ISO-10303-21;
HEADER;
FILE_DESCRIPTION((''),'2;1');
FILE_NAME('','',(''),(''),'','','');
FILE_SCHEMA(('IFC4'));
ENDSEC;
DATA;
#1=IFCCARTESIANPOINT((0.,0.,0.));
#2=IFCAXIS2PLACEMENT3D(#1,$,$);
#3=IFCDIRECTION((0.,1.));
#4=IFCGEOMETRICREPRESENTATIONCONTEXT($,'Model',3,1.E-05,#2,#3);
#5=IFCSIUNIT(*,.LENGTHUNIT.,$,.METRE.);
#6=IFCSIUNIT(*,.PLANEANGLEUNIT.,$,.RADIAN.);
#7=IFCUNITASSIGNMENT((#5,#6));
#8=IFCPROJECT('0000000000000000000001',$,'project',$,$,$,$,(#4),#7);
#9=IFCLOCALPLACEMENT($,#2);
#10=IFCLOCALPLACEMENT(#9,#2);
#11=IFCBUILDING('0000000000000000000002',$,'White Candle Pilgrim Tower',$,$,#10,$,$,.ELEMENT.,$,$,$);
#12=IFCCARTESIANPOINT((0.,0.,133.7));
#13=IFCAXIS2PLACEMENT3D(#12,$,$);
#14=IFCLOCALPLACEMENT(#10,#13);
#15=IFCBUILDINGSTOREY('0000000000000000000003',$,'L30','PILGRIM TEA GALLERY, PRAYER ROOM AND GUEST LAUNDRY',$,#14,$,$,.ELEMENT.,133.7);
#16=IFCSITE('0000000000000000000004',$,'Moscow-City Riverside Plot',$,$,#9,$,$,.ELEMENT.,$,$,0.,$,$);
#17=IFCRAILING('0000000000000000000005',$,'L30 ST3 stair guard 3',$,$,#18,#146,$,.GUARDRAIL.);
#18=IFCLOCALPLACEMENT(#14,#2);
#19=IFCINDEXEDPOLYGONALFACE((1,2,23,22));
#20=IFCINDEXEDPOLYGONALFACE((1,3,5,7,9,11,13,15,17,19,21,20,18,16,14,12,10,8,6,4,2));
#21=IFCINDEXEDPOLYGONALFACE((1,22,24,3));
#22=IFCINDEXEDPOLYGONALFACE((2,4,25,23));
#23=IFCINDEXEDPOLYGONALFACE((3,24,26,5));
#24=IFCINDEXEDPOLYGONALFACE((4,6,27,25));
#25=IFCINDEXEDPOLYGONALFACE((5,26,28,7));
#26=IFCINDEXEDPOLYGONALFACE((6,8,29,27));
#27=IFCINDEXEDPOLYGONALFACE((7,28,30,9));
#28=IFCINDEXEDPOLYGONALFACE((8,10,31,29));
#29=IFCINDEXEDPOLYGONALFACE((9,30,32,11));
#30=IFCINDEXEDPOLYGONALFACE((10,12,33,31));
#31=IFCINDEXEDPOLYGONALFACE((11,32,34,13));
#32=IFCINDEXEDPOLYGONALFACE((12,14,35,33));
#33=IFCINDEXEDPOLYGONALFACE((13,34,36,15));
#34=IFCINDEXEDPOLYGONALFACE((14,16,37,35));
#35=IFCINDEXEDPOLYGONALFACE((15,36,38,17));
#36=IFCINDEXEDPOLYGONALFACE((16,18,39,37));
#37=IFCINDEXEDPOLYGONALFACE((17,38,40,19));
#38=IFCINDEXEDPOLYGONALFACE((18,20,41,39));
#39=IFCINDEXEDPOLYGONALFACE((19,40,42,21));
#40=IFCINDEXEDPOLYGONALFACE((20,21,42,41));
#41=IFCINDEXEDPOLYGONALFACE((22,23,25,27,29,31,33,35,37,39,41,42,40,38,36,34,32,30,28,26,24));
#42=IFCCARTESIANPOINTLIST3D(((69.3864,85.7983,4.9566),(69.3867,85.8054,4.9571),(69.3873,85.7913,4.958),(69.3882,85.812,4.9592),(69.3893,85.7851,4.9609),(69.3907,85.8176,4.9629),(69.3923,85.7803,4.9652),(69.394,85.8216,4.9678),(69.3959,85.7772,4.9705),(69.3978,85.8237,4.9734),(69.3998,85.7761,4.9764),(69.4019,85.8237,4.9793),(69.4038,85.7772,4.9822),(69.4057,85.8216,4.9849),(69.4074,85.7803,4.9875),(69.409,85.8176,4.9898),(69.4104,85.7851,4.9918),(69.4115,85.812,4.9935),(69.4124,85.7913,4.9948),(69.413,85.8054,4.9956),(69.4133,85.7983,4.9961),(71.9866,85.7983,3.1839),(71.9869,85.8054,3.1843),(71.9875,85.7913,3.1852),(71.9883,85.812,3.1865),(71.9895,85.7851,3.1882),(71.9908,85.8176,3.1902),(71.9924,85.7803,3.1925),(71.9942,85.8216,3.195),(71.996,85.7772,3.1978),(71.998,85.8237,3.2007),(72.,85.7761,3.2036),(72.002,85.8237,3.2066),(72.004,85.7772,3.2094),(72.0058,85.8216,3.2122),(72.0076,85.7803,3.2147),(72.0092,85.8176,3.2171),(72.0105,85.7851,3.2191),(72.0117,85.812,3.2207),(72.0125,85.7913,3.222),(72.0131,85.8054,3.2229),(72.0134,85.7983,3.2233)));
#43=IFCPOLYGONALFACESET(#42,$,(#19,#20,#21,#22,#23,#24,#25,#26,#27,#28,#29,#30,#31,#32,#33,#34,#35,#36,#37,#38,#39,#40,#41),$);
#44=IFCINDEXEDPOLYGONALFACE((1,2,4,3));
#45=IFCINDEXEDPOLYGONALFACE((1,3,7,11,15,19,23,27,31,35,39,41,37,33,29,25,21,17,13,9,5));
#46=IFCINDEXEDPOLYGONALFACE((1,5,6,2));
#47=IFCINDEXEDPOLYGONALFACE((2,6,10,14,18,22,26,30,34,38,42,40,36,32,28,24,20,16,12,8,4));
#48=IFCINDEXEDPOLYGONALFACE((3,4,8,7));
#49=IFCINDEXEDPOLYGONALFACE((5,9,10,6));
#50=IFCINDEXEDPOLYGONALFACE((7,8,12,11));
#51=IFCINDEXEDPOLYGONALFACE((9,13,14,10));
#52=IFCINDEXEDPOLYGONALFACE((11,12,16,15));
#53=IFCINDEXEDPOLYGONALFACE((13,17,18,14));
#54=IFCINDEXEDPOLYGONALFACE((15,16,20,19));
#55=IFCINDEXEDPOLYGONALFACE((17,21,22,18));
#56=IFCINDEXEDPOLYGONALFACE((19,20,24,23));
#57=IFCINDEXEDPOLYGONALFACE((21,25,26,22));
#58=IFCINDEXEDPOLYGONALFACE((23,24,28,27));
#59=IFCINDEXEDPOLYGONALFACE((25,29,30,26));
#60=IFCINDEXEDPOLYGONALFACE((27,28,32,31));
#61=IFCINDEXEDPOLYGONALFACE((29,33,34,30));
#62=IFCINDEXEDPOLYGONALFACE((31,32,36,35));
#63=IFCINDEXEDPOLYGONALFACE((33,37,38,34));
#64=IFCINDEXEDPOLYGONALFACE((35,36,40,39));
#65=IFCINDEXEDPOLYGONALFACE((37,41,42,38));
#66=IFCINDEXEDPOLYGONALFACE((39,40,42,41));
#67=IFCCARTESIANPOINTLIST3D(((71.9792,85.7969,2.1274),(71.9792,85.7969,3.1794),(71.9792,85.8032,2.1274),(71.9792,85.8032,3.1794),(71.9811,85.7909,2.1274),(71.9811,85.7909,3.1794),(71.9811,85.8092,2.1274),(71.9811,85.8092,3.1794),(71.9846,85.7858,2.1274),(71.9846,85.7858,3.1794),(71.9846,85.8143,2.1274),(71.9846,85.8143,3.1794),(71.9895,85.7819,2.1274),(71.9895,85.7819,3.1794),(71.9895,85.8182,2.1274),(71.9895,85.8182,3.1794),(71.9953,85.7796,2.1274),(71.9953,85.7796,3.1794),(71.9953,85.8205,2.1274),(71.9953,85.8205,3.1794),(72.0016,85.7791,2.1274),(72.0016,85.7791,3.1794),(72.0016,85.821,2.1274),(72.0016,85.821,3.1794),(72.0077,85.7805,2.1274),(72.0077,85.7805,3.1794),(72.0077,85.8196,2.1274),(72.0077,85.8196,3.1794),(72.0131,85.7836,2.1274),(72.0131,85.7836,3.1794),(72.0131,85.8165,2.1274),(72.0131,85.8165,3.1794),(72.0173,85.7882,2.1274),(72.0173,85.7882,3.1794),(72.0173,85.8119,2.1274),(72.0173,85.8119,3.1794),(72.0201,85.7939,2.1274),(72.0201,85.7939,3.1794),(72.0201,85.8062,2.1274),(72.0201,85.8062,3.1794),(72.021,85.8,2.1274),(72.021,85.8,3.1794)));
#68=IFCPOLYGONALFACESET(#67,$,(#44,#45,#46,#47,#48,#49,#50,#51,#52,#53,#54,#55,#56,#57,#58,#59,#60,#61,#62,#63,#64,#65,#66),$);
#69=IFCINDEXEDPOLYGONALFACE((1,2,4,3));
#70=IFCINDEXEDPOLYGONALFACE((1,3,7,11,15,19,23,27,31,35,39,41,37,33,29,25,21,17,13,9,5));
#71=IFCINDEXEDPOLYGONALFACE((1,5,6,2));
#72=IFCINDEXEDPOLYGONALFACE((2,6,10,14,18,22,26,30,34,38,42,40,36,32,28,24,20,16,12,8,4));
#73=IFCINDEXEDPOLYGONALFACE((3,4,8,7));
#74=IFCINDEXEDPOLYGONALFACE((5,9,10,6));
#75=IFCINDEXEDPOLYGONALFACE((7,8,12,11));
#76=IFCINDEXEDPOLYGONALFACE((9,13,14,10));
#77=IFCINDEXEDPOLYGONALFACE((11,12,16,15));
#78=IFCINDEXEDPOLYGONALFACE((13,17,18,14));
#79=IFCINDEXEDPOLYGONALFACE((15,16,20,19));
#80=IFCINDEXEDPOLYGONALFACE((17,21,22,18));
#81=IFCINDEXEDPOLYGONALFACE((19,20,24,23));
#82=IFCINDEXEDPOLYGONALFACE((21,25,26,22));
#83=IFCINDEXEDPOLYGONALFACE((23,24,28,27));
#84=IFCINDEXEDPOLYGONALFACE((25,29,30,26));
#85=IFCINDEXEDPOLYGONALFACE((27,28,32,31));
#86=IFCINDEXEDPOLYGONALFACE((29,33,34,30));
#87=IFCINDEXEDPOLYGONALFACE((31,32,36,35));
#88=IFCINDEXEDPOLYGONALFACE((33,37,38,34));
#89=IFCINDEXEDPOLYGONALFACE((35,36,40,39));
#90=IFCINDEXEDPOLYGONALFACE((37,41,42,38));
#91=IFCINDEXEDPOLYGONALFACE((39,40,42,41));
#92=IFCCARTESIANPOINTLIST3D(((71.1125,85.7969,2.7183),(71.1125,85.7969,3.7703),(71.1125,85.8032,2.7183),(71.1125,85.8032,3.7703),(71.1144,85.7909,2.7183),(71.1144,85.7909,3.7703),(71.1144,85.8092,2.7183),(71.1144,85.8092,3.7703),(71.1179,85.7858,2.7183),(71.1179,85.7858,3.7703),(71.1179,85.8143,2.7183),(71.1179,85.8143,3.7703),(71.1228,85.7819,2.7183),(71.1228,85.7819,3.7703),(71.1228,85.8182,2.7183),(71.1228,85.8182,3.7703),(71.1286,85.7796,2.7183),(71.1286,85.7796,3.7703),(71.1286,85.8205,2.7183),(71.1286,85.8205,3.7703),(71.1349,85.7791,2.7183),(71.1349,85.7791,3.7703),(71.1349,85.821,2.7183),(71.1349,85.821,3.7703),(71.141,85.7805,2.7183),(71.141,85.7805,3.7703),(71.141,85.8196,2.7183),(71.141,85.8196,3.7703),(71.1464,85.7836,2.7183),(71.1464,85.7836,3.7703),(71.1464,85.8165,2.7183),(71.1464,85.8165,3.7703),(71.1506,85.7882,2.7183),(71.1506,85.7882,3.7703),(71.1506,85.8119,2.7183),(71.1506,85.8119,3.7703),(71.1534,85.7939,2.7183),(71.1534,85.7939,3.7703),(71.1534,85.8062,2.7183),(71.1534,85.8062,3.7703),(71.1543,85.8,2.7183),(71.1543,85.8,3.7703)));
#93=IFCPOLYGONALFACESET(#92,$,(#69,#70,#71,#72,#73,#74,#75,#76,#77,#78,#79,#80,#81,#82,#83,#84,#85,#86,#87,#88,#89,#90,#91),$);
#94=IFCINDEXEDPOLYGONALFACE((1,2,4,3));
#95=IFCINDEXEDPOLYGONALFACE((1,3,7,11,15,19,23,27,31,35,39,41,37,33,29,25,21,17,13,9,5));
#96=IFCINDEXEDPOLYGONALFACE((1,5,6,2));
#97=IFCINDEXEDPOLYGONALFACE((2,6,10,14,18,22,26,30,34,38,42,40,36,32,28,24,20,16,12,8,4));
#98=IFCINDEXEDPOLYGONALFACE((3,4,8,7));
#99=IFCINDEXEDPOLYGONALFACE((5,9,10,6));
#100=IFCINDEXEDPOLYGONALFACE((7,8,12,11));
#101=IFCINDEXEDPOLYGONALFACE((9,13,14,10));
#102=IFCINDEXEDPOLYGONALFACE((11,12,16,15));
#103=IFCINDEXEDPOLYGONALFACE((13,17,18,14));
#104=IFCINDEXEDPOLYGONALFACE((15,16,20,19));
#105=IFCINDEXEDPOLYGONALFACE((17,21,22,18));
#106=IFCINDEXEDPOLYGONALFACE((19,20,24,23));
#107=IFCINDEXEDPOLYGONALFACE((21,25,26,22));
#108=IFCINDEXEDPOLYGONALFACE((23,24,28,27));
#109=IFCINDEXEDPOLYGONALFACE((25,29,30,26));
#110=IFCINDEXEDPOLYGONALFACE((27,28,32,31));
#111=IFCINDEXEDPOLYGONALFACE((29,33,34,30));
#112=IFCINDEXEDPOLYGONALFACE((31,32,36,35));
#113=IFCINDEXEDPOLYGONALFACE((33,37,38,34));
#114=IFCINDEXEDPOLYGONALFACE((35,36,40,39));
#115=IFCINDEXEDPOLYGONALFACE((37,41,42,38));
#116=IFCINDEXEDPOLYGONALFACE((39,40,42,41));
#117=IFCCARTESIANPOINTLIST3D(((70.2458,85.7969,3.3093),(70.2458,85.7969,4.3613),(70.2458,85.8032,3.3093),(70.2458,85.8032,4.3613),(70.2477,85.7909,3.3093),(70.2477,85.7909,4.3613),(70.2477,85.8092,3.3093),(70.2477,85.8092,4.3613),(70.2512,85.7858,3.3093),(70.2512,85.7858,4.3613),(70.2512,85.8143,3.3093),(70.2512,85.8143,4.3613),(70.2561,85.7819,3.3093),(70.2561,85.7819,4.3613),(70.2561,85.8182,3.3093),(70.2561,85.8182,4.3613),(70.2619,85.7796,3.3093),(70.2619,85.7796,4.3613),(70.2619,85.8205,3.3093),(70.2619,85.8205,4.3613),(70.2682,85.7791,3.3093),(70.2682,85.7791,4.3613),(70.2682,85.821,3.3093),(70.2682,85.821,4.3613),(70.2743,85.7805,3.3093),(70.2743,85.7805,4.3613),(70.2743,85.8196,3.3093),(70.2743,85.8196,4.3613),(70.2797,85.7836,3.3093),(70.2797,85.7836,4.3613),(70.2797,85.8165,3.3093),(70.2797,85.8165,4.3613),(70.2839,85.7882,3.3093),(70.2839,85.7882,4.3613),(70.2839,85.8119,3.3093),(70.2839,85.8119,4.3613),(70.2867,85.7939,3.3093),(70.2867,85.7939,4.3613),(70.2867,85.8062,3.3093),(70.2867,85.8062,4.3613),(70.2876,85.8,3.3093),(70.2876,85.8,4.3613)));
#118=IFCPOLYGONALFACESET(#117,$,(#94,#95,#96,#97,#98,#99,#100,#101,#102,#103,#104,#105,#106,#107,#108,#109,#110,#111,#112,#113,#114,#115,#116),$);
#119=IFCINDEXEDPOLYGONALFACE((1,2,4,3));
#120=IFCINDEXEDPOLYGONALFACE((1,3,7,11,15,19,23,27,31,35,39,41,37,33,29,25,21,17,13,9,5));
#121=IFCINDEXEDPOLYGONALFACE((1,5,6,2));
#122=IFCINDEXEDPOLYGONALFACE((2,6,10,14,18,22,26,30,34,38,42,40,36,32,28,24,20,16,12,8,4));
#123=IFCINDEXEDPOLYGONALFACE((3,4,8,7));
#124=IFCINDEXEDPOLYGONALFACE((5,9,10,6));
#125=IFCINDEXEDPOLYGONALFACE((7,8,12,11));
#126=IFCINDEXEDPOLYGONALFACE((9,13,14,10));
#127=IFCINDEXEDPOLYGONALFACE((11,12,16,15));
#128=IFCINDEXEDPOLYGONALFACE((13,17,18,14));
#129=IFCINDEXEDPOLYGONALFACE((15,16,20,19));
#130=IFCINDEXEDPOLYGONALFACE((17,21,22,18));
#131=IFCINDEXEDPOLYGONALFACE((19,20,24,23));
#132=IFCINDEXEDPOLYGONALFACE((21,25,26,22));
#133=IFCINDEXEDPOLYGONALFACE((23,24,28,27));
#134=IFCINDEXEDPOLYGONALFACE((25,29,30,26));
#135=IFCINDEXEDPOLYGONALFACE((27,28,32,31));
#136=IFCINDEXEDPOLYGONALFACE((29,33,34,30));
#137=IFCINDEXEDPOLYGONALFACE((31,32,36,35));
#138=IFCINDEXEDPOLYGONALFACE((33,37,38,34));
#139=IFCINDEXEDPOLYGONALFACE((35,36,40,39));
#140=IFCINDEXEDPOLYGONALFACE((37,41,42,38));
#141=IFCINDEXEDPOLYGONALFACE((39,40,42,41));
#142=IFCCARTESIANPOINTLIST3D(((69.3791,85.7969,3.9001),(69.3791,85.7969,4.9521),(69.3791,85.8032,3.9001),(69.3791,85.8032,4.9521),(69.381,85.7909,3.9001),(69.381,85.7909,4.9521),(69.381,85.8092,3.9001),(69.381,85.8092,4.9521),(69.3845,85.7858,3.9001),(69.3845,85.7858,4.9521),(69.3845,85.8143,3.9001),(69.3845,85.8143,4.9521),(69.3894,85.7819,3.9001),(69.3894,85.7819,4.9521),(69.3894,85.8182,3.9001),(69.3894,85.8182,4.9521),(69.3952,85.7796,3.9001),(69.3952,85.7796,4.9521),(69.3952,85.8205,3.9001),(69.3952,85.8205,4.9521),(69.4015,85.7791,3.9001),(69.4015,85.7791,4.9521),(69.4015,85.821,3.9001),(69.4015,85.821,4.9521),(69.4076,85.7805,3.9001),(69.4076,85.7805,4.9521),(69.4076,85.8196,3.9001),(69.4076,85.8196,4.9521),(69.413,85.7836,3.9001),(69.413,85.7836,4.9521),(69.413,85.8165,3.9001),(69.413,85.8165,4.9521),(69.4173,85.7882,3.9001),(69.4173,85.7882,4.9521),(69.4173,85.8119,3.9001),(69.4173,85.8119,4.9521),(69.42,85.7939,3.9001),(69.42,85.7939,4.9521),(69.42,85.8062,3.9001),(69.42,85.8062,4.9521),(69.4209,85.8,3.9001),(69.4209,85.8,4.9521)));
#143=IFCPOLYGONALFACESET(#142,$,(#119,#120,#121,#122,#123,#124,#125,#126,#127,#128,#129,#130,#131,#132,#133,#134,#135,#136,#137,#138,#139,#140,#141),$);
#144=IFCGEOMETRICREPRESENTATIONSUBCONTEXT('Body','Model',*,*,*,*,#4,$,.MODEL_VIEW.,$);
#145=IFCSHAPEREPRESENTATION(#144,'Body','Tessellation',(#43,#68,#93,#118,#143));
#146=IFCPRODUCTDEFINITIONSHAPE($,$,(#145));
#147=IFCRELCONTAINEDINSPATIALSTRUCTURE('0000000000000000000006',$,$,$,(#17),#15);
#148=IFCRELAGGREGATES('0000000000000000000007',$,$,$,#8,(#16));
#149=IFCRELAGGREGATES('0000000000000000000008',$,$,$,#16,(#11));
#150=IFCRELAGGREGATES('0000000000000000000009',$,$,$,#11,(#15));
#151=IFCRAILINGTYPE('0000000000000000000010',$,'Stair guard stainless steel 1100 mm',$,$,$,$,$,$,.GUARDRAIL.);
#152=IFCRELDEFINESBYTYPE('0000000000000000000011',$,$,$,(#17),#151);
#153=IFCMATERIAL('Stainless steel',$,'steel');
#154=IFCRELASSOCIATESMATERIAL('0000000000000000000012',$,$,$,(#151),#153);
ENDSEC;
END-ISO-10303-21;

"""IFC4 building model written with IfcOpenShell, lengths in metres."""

from ifc_helpers import new_model, si_unit, direction, frame, origin, origin_2d, place, context, subcontext, project, spatial, circle, extrude, material, type_object, element, save


model = new_model("IFC4")

# Units and contexts
model_context = context("Model", 3, precision=1e-05, world=origin(), true_north=direction((0.0, 1.0)))
body_context = subcontext(model_context, "Body", "Model", "MODEL_VIEW")
ifc_project = project(units=[si_unit("LENGTHUNIT", "METRE"), si_unit("PLANEANGLEUNIT", "RADIAN")], contexts=[model_context])

# Site, building, storey
site_placement = place(None, origin())
site = spatial("IfcSite", under=ifc_project, at=site_placement, Name="Moscow-City Riverside Plot", CompositionType="ELEMENT", RefElevation=0.0)
building_placement = place(site_placement, origin())
building = spatial("IfcBuilding", under=site, at=building_placement, Name="White Candle Pilgrim Tower", CompositionType="ELEMENT")
storey_placement = place(building_placement, frame((0.0, 0.0, 133.7)))
storey = spatial("IfcBuildingStorey", under=building, at=storey_placement, Name="L30", Description="PILGRIM TEA GALLERY, PRAYER ROOM AND GUEST LAUNDRY", CompositionType="ELEMENT", Elevation=133.7)

# Railing
ifc_material_1 = material(Name="Stainless steel", Category="steel")
railing_type_1 = type_object("IfcRailingType", Name="Stair guard stainless steel 1100 mm", PredefinedType="GUARDRAIL", material=ifc_material_1)
railing_1_placement = place(storey_placement, frame((72.0, 85.8, 2.1274)))
element("IfcRailing", 1, at=railing_1_placement, inside=storey, type_object=railing_type_1, Name="L30 ST3 stair guard 3", PredefinedType="GUARDRAIL", context=body_context, shape_type="SweptSolid", body=[
    extrude(circle(Radius=0.0239, at=origin_2d()), frame((0.0, 0.0, 1.0762), z_axis=(-0.82624, 0.0, 0.563318), x_axis=(0.0, -1.0, 0.0)), (0.0, 0.0, 1.0), 3.147),
    extrude(circle(Radius=0.021, at=origin_2d()), origin(), (0.0, 0.0, 1.0), 1.052),
    extrude(circle(Radius=0.021, at=origin_2d()), frame((-0.8667, 0.0, 0.5908)), (0.0, 0.0, 1.0), 1.052),
    extrude(circle(Radius=0.021, at=origin_2d()), frame((-1.7334, 0.0, 1.1819)), (0.0, 0.0, 1.0), 1.052),
    extrude(circle(Radius=0.021, at=origin_2d()), frame((-2.6001, 0.0, 1.7727)), (0.0, 0.0, 1.0), 1.052),
])

save(model, "model.ifc")
